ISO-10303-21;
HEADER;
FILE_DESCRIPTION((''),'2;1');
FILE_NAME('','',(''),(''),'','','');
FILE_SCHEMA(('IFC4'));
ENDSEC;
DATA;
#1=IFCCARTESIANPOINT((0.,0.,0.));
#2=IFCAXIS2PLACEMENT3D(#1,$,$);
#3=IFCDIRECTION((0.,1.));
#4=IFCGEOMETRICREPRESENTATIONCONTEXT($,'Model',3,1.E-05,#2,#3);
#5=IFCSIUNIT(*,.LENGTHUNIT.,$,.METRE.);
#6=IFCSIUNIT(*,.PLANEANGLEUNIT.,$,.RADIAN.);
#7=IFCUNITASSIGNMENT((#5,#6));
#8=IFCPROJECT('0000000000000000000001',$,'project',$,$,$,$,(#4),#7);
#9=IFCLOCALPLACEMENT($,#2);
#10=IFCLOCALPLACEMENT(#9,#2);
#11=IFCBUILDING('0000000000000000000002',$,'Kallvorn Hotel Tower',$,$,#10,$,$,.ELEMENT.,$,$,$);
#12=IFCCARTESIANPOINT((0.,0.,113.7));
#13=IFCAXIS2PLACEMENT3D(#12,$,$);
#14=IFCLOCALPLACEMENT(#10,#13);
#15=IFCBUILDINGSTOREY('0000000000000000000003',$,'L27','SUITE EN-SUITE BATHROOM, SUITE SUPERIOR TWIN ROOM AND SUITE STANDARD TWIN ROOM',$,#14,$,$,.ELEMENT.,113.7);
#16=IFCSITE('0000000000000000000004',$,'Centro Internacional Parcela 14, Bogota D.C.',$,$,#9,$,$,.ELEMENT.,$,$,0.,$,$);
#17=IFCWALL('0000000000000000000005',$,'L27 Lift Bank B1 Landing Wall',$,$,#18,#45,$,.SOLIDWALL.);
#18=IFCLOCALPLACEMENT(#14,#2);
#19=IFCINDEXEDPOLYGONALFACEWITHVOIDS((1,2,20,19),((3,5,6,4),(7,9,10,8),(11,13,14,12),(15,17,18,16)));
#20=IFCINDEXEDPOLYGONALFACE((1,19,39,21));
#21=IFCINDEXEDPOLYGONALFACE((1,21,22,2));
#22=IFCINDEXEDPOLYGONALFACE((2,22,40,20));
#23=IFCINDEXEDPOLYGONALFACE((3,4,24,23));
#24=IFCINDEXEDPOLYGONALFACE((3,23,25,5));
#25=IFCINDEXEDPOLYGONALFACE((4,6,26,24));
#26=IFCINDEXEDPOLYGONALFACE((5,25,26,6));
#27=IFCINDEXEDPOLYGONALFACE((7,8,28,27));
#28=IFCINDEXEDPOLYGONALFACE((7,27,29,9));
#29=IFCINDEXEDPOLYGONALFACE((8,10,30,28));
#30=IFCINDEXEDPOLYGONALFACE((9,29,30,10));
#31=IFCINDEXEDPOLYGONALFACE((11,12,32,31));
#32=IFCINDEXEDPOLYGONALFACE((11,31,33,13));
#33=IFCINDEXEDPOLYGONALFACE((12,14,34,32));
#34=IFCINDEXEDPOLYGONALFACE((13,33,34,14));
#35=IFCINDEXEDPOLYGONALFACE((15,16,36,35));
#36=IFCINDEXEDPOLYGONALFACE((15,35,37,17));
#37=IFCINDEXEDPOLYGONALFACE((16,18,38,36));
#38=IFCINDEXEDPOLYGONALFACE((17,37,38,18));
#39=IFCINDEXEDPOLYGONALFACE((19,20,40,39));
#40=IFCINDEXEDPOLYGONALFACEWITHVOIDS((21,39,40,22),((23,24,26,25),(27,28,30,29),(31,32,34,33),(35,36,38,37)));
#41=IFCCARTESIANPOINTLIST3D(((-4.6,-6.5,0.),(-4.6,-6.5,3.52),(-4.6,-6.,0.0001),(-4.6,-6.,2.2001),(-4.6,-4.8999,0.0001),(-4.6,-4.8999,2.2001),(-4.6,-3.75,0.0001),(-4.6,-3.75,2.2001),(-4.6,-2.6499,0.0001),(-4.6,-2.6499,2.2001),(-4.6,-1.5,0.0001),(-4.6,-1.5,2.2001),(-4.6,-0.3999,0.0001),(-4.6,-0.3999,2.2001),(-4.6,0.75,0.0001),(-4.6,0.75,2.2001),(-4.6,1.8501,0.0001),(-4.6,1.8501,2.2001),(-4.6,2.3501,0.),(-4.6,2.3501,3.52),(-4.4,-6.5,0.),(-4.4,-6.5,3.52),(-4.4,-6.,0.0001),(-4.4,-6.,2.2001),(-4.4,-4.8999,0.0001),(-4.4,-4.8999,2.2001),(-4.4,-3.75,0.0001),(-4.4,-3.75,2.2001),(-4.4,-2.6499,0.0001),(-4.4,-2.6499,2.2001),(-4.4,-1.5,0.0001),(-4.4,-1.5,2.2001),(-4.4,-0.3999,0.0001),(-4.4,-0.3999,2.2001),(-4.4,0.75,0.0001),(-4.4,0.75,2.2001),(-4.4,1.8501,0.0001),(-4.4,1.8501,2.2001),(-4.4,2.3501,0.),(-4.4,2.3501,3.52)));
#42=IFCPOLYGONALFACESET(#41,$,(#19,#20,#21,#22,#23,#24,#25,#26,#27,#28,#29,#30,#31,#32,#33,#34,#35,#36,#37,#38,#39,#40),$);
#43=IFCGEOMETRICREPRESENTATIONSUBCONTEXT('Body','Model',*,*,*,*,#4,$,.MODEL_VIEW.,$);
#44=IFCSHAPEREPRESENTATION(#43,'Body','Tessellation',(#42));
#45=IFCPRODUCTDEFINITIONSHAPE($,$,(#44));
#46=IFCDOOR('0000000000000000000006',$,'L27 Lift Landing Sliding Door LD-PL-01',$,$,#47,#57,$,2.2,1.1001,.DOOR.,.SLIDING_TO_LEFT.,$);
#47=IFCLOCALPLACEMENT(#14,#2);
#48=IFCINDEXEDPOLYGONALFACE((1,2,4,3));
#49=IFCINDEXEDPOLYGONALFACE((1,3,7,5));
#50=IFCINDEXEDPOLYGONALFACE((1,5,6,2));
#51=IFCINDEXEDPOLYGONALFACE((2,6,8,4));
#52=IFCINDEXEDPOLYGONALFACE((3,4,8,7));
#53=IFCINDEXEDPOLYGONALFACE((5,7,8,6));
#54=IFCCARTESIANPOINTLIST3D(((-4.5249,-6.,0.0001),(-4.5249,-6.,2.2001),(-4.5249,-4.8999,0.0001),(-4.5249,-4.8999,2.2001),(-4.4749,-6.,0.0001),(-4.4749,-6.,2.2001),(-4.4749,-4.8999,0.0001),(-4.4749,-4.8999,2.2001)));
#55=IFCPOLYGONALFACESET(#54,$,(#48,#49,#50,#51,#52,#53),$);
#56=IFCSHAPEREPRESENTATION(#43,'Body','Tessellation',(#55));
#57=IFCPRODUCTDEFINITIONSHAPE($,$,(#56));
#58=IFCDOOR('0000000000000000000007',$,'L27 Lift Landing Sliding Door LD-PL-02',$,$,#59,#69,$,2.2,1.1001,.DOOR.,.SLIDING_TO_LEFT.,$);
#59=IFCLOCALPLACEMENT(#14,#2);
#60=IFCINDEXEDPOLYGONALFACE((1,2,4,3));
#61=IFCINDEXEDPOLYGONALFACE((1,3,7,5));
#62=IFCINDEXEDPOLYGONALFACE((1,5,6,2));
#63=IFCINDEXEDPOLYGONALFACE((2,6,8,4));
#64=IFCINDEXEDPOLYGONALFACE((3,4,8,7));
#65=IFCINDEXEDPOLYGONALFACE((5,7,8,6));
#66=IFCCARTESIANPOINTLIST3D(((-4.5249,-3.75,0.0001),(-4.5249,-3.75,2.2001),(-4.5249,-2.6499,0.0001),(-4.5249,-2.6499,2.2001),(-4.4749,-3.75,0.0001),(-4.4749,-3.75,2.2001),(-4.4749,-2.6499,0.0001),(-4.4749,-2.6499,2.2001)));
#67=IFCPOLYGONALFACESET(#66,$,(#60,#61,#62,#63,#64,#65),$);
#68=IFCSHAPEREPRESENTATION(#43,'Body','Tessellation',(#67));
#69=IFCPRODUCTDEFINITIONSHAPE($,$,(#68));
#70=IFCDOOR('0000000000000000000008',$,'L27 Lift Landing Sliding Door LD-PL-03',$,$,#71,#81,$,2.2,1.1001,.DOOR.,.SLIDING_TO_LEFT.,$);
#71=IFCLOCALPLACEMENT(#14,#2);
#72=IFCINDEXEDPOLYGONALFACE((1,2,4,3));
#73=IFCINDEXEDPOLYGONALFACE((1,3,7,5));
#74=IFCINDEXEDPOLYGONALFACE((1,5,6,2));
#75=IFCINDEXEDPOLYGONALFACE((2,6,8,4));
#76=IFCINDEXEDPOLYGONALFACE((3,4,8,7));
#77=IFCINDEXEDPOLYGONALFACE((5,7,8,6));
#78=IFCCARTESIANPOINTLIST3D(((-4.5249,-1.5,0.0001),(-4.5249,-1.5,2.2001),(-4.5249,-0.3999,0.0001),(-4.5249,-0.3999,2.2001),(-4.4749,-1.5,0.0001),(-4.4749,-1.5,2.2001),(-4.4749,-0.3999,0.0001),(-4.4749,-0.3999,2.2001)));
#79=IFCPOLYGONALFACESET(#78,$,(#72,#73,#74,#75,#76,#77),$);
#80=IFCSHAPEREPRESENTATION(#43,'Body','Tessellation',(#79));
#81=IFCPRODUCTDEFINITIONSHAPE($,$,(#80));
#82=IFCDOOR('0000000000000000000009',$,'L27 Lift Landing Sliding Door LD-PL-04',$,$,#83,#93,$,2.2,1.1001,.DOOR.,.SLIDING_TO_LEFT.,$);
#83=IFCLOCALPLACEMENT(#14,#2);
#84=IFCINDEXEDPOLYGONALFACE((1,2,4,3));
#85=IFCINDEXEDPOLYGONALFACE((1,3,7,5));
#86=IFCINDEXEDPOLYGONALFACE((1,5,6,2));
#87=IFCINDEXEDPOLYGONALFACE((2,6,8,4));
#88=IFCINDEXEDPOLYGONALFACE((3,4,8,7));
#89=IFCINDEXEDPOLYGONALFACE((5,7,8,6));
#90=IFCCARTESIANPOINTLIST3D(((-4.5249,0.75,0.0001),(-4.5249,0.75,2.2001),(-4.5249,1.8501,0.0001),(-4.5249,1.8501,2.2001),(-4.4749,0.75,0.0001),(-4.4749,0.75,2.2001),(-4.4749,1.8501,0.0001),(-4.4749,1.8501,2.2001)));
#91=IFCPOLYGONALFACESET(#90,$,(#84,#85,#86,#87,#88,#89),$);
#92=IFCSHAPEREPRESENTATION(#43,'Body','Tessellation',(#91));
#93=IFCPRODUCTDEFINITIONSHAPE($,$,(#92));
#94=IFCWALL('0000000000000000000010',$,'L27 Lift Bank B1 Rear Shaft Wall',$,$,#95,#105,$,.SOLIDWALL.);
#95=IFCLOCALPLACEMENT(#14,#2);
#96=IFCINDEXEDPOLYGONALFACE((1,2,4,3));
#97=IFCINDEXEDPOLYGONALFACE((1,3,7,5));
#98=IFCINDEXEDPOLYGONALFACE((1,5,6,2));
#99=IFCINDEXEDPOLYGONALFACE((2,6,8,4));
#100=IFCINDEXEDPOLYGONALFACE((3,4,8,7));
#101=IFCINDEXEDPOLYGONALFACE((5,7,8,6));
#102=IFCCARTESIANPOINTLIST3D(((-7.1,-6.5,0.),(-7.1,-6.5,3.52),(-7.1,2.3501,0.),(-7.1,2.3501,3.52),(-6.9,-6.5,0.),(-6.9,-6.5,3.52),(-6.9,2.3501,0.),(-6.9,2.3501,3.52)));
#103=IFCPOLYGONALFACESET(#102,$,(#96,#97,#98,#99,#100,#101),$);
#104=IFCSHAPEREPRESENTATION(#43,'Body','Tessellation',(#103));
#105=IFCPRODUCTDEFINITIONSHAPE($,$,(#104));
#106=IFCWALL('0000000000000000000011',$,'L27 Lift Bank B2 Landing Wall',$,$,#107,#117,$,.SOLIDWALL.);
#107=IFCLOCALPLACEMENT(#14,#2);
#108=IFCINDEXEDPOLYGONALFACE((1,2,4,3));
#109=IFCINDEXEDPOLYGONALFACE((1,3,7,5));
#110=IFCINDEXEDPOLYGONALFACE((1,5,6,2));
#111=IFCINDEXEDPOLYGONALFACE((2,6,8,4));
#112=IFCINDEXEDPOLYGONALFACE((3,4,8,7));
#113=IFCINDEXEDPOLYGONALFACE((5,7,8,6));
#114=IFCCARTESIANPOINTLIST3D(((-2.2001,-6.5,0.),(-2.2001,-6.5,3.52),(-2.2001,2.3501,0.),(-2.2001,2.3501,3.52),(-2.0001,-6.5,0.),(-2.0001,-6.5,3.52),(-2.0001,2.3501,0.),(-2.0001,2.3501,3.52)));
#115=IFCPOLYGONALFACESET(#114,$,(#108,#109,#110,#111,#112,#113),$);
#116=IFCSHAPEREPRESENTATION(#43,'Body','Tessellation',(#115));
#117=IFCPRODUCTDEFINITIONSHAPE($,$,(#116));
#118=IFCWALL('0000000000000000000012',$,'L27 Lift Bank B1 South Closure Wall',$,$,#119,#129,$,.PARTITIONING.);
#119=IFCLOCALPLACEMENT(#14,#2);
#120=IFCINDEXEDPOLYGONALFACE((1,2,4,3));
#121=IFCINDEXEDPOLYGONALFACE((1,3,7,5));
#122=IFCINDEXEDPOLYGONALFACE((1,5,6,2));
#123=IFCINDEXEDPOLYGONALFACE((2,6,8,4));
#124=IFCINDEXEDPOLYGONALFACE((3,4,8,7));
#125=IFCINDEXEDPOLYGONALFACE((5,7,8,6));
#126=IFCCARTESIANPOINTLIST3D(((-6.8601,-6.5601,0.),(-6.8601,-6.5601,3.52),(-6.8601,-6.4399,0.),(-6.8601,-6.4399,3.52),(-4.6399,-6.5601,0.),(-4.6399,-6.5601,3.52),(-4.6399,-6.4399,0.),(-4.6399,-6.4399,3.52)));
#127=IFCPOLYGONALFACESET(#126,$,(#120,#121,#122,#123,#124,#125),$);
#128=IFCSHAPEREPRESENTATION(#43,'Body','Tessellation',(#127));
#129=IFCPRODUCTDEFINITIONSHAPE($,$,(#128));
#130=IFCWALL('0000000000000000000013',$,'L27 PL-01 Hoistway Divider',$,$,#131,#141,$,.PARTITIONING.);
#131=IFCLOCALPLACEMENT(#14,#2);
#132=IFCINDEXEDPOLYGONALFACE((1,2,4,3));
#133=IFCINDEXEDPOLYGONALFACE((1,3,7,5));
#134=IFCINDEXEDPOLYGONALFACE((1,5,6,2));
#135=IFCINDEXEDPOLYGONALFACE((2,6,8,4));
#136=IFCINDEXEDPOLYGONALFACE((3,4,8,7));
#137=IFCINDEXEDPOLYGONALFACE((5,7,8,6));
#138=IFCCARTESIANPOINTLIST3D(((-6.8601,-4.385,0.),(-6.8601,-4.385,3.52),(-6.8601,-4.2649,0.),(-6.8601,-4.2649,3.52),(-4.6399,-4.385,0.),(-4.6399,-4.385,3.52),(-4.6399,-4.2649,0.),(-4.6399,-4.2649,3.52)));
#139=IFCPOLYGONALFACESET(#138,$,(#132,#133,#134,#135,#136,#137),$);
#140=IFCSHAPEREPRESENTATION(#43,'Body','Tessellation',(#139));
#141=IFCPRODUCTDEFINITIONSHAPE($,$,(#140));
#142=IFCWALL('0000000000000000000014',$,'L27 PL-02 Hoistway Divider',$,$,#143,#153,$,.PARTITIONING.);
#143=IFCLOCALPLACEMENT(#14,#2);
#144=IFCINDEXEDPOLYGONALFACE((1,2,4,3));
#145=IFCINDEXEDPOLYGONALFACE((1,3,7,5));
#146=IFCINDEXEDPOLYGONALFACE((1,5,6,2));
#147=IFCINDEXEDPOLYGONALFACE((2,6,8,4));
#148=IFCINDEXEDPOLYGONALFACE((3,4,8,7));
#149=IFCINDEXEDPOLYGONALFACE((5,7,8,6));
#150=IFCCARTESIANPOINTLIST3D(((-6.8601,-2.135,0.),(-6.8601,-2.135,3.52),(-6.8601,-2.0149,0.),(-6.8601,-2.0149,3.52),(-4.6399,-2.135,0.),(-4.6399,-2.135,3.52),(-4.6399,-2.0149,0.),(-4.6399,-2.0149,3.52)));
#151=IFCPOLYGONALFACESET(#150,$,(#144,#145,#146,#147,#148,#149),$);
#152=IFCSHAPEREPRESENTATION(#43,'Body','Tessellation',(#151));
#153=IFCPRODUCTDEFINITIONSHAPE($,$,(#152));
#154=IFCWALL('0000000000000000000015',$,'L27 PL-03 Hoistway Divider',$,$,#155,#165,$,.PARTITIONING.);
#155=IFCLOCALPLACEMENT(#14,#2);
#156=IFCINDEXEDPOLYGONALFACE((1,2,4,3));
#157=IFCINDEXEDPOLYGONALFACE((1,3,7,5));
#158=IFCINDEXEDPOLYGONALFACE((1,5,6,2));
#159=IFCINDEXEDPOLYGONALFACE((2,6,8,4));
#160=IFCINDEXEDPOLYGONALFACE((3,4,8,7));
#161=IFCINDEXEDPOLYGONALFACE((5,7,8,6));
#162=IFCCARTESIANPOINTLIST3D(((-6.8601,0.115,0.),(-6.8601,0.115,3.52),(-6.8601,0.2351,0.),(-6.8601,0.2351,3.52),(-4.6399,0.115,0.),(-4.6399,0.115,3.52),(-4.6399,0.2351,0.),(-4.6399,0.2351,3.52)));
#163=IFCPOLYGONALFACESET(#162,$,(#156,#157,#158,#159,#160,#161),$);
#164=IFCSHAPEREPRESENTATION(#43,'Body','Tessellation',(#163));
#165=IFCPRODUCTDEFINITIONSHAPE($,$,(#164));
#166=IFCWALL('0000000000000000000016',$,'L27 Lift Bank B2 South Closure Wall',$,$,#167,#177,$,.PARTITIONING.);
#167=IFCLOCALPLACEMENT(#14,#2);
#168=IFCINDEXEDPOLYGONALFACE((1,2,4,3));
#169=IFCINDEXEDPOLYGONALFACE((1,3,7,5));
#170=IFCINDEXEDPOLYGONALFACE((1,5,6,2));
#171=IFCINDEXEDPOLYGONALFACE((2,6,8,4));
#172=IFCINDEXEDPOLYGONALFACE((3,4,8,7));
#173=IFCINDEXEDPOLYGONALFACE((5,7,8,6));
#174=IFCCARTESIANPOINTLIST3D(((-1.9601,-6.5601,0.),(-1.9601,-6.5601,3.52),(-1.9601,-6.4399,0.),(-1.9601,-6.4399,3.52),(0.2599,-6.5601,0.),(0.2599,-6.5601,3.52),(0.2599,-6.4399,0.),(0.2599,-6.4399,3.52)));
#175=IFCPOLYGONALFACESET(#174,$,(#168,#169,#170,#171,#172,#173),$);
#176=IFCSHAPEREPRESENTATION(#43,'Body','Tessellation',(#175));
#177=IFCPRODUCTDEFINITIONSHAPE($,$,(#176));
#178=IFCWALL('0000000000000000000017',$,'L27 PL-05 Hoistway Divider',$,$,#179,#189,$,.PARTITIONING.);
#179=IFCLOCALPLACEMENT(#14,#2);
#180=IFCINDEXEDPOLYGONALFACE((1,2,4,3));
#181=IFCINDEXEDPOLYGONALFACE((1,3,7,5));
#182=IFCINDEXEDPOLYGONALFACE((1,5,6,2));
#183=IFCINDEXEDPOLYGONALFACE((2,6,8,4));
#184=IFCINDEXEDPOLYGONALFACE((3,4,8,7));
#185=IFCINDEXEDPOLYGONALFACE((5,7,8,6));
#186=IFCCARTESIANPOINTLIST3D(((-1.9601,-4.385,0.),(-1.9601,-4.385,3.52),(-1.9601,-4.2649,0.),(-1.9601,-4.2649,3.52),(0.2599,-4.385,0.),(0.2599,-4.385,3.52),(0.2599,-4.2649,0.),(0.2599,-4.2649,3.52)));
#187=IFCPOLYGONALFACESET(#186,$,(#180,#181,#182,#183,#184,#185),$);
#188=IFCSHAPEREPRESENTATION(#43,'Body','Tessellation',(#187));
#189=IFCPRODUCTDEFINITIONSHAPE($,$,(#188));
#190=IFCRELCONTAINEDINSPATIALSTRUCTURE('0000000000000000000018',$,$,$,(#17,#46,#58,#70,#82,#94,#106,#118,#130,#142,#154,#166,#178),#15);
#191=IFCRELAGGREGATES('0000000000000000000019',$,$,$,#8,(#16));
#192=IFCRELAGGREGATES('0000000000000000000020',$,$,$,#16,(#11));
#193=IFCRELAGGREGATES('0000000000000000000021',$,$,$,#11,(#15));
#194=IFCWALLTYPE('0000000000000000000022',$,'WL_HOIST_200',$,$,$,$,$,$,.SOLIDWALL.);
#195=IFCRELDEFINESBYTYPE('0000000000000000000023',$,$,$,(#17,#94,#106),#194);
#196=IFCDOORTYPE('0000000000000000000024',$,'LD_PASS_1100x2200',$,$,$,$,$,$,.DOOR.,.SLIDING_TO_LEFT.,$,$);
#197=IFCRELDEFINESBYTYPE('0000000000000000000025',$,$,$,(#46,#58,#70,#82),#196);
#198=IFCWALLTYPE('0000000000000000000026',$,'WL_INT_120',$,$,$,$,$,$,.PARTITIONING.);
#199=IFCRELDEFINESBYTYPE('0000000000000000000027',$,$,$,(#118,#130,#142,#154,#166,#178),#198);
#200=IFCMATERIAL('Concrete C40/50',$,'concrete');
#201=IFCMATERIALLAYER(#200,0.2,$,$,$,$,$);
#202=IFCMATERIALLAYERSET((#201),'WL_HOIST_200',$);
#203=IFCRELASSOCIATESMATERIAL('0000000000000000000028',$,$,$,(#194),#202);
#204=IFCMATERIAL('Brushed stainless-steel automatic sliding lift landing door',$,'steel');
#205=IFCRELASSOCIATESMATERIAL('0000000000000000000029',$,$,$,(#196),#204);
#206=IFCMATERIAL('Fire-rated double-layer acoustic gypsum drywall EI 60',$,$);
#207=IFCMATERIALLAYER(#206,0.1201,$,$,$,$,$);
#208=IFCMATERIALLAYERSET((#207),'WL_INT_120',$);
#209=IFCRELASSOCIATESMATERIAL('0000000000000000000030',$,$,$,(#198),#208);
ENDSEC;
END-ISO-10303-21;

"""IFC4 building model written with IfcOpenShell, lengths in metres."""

from ifc_helpers import new_model, si_unit, direction, frame, frame_2d, origin, place, context, subcontext, project, spatial, rectangle, extrude, material, layer, layer_set, type_object, element, fill, save


model = new_model("IFC4")

# Units and contexts
model_context = context("Model", 3, precision=1e-05, world=origin(), true_north=direction((0.0, 1.0)))
body_context = subcontext(model_context, "Body", "Model", "MODEL_VIEW")
ifc_project = project(units=[si_unit("LENGTHUNIT", "METRE"), si_unit("PLANEANGLEUNIT", "RADIAN")], contexts=[model_context])

# Site, building, storey
site_placement = place(None, origin())
site = spatial("IfcSite", under=ifc_project, at=site_placement, Name="Centro Internacional Parcela 14, Bogota D.C.", CompositionType="ELEMENT", RefElevation=0.0)
building_placement = place(site_placement, origin())
building = spatial("IfcBuilding", under=site, at=building_placement, Name="Kallvorn Hotel Tower", CompositionType="ELEMENT")
storey_placement = place(building_placement, frame((0.0, 0.0, 113.7)))
storey = spatial("IfcBuildingStorey", under=building, at=storey_placement, Name="L27", Description="SUITE EN-SUITE BATHROOM, SUITE SUPERIOR TWIN ROOM AND SUITE STANDARD TWIN ROOM", CompositionType="ELEMENT", Elevation=113.7)

# Wall, openings, doors
ifc_material_1 = material(Name="Concrete C40/50", Category="concrete")
ifc_layer_1 = layer(ifc_material_1, 0.2)
ifc_layer_set_1 = layer_set([ifc_layer_1], Name="WL_HOIST_200")
wall_type_1 = type_object("IfcWallType", Name="WL_HOIST_200", PredefinedType="SOLIDWALL", material=ifc_layer_set_1)
wall_1_placement = place(storey_placement, frame((-4.5, -6.5, 0.0), z_axis=(0.0, 0.0, 1.0), x_axis=(0.0, 1.0, 0.0)))
wall_1 = element("IfcWall", 1, at=wall_1_placement, inside=storey, type_object=wall_type_1, Name="L27 Lift Bank B1 Landing Wall", PredefinedType="SOLIDWALL", context=body_context, shape_type="SweptSolid", body=[
    extrude(rectangle(XDim=8.8501, YDim=0.2, at=frame_2d((4.425, 0.0))), origin(), (0.0, 0.0, 1.0), 3.52),
])
opening_1_placement = place(wall_1_placement, frame((0.5, 0.0, 0.0)))
opening_1 = element("IfcOpeningElement", 2, at=opening_1_placement, cuts=wall_1, PredefinedType="OPENING", context=body_context, shape_type="SweptSolid", body=[
    extrude(rectangle(XDim=1.1001, YDim=2.2, at=frame_2d((0.55, 1.1001))), frame((0.0, 0.115, 0.0), z_axis=(0.0, -1.0, 0.0), x_axis=(1.0, 0.0, 0.0)), (0.0, 0.0, 1.0), 0.23),
])
opening_2_placement = place(wall_1_placement, frame((2.75, 0.0, 0.0)))
opening_2 = element("IfcOpeningElement", 3, at=opening_2_placement, cuts=wall_1, PredefinedType="OPENING", context=body_context, shape_type="SweptSolid", body=[
    extrude(rectangle(XDim=1.1001, YDim=2.2, at=frame_2d((0.55, 1.1001))), frame((0.0, 0.115, 0.0), z_axis=(0.0, -1.0, 0.0), x_axis=(1.0, 0.0, 0.0)), (0.0, 0.0, 1.0), 0.23),
])
opening_3_placement = place(wall_1_placement, frame((5.0, 0.0, 0.0)))
opening_3 = element("IfcOpeningElement", 4, at=opening_3_placement, cuts=wall_1, PredefinedType="OPENING", context=body_context, shape_type="SweptSolid", body=[
    extrude(rectangle(XDim=1.1001, YDim=2.2, at=frame_2d((0.55, 1.1001))), frame((0.0, 0.115, 0.0), z_axis=(0.0, -1.0, 0.0), x_axis=(1.0, 0.0, 0.0)), (0.0, 0.0, 1.0), 0.23),
])
opening_4_placement = place(wall_1_placement, frame((7.25, 0.0, 0.0)))
opening_4 = element("IfcOpeningElement", 5, at=opening_4_placement, cuts=wall_1, PredefinedType="OPENING", context=body_context, shape_type="SweptSolid", body=[
    extrude(rectangle(XDim=1.1001, YDim=2.2, at=frame_2d((0.55, 1.1001))), frame((0.0, 0.115, 0.0), z_axis=(0.0, -1.0, 0.0), x_axis=(1.0, 0.0, 0.0)), (0.0, 0.0, 1.0), 0.23),
])
ifc_material_2 = material(Name="Brushed stainless-steel automatic sliding lift landing door", Category="steel")
door_type_1 = type_object("IfcDoorType", Name="LD_PASS_1100x2200", OperationType="SLIDING_TO_LEFT", PredefinedType="DOOR", material=ifc_material_2)
door_1_placement = place(opening_1_placement, origin())
door_1 = element("IfcDoor", 6, at=door_1_placement, inside=storey, type_object=door_type_1, Name="L27 Lift Landing Sliding Door LD-PL-01", OperationType="SLIDING_TO_LEFT", OverallHeight=2.2, OverallWidth=1.1001, PredefinedType="DOOR", context=body_context, shape_type="SweptSolid", body=[
    extrude(rectangle(XDim=1.1001, YDim=2.2, at=frame_2d((0.55, 1.1001))), frame((0.0, 0.0249, 0.0), z_axis=(0.0, -1.0, 0.0), x_axis=(1.0, 0.0, 0.0)), (0.0, 0.0, 1.0), 0.05),
])
fill(opening_1, door_1)
door_2_placement = place(opening_2_placement, origin())
door_2 = element("IfcDoor", 7, at=door_2_placement, inside=storey, type_object=door_type_1, Name="L27 Lift Landing Sliding Door LD-PL-02", OperationType="SLIDING_TO_LEFT", OverallHeight=2.2, OverallWidth=1.1001, PredefinedType="DOOR", context=body_context, shape_type="SweptSolid", body=[
    extrude(rectangle(XDim=1.1001, YDim=2.2, at=frame_2d((0.55, 1.1001))), frame((0.0, 0.0249, 0.0), z_axis=(0.0, -1.0, 0.0), x_axis=(1.0, 0.0, 0.0)), (0.0, 0.0, 1.0), 0.05),
])
fill(opening_2, door_2)
door_3_placement = place(opening_3_placement, origin())
door_3 = element("IfcDoor", 8, at=door_3_placement, inside=storey, type_object=door_type_1, Name="L27 Lift Landing Sliding Door LD-PL-03", OperationType="SLIDING_TO_LEFT", OverallHeight=2.2, OverallWidth=1.1001, PredefinedType="DOOR", context=body_context, shape_type="SweptSolid", body=[
    extrude(rectangle(XDim=1.1001, YDim=2.2, at=frame_2d((0.55, 1.1001))), frame((0.0, 0.0249, 0.0), z_axis=(0.0, -1.0, 0.0), x_axis=(1.0, 0.0, 0.0)), (0.0, 0.0, 1.0), 0.05),
])
fill(opening_3, door_3)
door_4_placement = place(opening_4_placement, origin())
door_4 = element("IfcDoor", 9, at=door_4_placement, inside=storey, type_object=door_type_1, Name="L27 Lift Landing Sliding Door LD-PL-04", OperationType="SLIDING_TO_LEFT", OverallHeight=2.2, OverallWidth=1.1001, PredefinedType="DOOR", context=body_context, shape_type="SweptSolid", body=[
    extrude(rectangle(XDim=1.1001, YDim=2.2, at=frame_2d((0.55, 1.1001))), frame((0.0, 0.0249, 0.0), z_axis=(0.0, -1.0, 0.0), x_axis=(1.0, 0.0, 0.0)), (0.0, 0.0, 1.0), 0.05),
])
fill(opening_4, door_4)

# Walls
for number, where, z_axis, x_axis, name in (
    (10, (-7.0, -6.5, 0.0), (0.0, 0.0, 1.0), (0.0, 1.0, 0.0), "L27 Lift Bank B1 Rear Shaft Wall"),
    (11, (-2.1001, -6.5, 0.0), (0.0, 0.0, 1.0), (0.0, 1.0, 0.0), "L27 Lift Bank B2 Landing Wall"),
):
    element("IfcWall", number, at=place(storey_placement, frame(where, z_axis=z_axis, x_axis=x_axis)), inside=storey, type_object=wall_type_1, Name=name, PredefinedType="SOLIDWALL", context=body_context, shape_type="SweptSolid", body=[
        extrude(rectangle(XDim=8.8501, YDim=0.2, at=frame_2d((4.425, 0.0))), origin(), (0.0, 0.0, 1.0), 3.52),
    ])
ifc_material_3 = material(Name="Fire-rated double-layer acoustic gypsum drywall EI 60")
ifc_layer_2 = layer(ifc_material_3, 0.1201)
ifc_layer_set_2 = layer_set([ifc_layer_2], Name="WL_INT_120")
wall_type_2 = type_object("IfcWallType", Name="WL_INT_120", PredefinedType="PARTITIONING", material=ifc_layer_set_2)
for number, where, z_axis, x_axis, name in (
    (12, (-6.8601, -6.5, 0.0), (0.0, 0.0, 1.0), (1.0, 0.0, 0.0), "L27 Lift Bank B1 South Closure Wall"),
    (13, (-6.8601, -4.325, 0.0), (0.0, 0.0, 1.0), (1.0, 0.0, 0.0), "L27 PL-01 Hoistway Divider"),
    (14, (-6.8601, -2.075, 0.0), (0.0, 0.0, 1.0), (1.0, 0.0, 0.0), "L27 PL-02 Hoistway Divider"),
    (15, (-6.8601, 0.175, 0.0), (0.0, 0.0, 1.0), (1.0, 0.0, 0.0), "L27 PL-03 Hoistway Divider"),
):
    element("IfcWall", number, at=place(storey_placement, frame(where, z_axis=z_axis, x_axis=x_axis)), inside=storey, type_object=wall_type_2, Name=name, PredefinedType="PARTITIONING", context=body_context, shape_type="SweptSolid", body=[
        extrude(rectangle(XDim=2.2202, YDim=0.1201, at=frame_2d((1.1101, 0.0))), origin(), (0.0, 0.0, 1.0), 3.52),
    ])
for number, where, z_axis, x_axis, name in (
    (16, (-1.96, -6.5, 0.0), (0.0, 0.0, 1.0), (1.0, 0.0, 0.0), "L27 Lift Bank B2 South Closure Wall"),
    (17, (-1.96, -4.325, 0.0), (0.0, 0.0, 1.0), (1.0, 0.0, 0.0), "L27 PL-05 Hoistway Divider"),
):
    element("IfcWall", number, at=place(storey_placement, frame(where, z_axis=z_axis, x_axis=x_axis)), inside=storey, type_object=wall_type_2, Name=name, PredefinedType="PARTITIONING", context=body_context, shape_type="SweptSolid", body=[
        extrude(rectangle(XDim=2.22, YDim=0.1201, at=frame_2d((1.1099, 0.0))), origin(), (0.0, 0.0, 1.0), 3.52),
    ])

save(model, "model.ifc")
